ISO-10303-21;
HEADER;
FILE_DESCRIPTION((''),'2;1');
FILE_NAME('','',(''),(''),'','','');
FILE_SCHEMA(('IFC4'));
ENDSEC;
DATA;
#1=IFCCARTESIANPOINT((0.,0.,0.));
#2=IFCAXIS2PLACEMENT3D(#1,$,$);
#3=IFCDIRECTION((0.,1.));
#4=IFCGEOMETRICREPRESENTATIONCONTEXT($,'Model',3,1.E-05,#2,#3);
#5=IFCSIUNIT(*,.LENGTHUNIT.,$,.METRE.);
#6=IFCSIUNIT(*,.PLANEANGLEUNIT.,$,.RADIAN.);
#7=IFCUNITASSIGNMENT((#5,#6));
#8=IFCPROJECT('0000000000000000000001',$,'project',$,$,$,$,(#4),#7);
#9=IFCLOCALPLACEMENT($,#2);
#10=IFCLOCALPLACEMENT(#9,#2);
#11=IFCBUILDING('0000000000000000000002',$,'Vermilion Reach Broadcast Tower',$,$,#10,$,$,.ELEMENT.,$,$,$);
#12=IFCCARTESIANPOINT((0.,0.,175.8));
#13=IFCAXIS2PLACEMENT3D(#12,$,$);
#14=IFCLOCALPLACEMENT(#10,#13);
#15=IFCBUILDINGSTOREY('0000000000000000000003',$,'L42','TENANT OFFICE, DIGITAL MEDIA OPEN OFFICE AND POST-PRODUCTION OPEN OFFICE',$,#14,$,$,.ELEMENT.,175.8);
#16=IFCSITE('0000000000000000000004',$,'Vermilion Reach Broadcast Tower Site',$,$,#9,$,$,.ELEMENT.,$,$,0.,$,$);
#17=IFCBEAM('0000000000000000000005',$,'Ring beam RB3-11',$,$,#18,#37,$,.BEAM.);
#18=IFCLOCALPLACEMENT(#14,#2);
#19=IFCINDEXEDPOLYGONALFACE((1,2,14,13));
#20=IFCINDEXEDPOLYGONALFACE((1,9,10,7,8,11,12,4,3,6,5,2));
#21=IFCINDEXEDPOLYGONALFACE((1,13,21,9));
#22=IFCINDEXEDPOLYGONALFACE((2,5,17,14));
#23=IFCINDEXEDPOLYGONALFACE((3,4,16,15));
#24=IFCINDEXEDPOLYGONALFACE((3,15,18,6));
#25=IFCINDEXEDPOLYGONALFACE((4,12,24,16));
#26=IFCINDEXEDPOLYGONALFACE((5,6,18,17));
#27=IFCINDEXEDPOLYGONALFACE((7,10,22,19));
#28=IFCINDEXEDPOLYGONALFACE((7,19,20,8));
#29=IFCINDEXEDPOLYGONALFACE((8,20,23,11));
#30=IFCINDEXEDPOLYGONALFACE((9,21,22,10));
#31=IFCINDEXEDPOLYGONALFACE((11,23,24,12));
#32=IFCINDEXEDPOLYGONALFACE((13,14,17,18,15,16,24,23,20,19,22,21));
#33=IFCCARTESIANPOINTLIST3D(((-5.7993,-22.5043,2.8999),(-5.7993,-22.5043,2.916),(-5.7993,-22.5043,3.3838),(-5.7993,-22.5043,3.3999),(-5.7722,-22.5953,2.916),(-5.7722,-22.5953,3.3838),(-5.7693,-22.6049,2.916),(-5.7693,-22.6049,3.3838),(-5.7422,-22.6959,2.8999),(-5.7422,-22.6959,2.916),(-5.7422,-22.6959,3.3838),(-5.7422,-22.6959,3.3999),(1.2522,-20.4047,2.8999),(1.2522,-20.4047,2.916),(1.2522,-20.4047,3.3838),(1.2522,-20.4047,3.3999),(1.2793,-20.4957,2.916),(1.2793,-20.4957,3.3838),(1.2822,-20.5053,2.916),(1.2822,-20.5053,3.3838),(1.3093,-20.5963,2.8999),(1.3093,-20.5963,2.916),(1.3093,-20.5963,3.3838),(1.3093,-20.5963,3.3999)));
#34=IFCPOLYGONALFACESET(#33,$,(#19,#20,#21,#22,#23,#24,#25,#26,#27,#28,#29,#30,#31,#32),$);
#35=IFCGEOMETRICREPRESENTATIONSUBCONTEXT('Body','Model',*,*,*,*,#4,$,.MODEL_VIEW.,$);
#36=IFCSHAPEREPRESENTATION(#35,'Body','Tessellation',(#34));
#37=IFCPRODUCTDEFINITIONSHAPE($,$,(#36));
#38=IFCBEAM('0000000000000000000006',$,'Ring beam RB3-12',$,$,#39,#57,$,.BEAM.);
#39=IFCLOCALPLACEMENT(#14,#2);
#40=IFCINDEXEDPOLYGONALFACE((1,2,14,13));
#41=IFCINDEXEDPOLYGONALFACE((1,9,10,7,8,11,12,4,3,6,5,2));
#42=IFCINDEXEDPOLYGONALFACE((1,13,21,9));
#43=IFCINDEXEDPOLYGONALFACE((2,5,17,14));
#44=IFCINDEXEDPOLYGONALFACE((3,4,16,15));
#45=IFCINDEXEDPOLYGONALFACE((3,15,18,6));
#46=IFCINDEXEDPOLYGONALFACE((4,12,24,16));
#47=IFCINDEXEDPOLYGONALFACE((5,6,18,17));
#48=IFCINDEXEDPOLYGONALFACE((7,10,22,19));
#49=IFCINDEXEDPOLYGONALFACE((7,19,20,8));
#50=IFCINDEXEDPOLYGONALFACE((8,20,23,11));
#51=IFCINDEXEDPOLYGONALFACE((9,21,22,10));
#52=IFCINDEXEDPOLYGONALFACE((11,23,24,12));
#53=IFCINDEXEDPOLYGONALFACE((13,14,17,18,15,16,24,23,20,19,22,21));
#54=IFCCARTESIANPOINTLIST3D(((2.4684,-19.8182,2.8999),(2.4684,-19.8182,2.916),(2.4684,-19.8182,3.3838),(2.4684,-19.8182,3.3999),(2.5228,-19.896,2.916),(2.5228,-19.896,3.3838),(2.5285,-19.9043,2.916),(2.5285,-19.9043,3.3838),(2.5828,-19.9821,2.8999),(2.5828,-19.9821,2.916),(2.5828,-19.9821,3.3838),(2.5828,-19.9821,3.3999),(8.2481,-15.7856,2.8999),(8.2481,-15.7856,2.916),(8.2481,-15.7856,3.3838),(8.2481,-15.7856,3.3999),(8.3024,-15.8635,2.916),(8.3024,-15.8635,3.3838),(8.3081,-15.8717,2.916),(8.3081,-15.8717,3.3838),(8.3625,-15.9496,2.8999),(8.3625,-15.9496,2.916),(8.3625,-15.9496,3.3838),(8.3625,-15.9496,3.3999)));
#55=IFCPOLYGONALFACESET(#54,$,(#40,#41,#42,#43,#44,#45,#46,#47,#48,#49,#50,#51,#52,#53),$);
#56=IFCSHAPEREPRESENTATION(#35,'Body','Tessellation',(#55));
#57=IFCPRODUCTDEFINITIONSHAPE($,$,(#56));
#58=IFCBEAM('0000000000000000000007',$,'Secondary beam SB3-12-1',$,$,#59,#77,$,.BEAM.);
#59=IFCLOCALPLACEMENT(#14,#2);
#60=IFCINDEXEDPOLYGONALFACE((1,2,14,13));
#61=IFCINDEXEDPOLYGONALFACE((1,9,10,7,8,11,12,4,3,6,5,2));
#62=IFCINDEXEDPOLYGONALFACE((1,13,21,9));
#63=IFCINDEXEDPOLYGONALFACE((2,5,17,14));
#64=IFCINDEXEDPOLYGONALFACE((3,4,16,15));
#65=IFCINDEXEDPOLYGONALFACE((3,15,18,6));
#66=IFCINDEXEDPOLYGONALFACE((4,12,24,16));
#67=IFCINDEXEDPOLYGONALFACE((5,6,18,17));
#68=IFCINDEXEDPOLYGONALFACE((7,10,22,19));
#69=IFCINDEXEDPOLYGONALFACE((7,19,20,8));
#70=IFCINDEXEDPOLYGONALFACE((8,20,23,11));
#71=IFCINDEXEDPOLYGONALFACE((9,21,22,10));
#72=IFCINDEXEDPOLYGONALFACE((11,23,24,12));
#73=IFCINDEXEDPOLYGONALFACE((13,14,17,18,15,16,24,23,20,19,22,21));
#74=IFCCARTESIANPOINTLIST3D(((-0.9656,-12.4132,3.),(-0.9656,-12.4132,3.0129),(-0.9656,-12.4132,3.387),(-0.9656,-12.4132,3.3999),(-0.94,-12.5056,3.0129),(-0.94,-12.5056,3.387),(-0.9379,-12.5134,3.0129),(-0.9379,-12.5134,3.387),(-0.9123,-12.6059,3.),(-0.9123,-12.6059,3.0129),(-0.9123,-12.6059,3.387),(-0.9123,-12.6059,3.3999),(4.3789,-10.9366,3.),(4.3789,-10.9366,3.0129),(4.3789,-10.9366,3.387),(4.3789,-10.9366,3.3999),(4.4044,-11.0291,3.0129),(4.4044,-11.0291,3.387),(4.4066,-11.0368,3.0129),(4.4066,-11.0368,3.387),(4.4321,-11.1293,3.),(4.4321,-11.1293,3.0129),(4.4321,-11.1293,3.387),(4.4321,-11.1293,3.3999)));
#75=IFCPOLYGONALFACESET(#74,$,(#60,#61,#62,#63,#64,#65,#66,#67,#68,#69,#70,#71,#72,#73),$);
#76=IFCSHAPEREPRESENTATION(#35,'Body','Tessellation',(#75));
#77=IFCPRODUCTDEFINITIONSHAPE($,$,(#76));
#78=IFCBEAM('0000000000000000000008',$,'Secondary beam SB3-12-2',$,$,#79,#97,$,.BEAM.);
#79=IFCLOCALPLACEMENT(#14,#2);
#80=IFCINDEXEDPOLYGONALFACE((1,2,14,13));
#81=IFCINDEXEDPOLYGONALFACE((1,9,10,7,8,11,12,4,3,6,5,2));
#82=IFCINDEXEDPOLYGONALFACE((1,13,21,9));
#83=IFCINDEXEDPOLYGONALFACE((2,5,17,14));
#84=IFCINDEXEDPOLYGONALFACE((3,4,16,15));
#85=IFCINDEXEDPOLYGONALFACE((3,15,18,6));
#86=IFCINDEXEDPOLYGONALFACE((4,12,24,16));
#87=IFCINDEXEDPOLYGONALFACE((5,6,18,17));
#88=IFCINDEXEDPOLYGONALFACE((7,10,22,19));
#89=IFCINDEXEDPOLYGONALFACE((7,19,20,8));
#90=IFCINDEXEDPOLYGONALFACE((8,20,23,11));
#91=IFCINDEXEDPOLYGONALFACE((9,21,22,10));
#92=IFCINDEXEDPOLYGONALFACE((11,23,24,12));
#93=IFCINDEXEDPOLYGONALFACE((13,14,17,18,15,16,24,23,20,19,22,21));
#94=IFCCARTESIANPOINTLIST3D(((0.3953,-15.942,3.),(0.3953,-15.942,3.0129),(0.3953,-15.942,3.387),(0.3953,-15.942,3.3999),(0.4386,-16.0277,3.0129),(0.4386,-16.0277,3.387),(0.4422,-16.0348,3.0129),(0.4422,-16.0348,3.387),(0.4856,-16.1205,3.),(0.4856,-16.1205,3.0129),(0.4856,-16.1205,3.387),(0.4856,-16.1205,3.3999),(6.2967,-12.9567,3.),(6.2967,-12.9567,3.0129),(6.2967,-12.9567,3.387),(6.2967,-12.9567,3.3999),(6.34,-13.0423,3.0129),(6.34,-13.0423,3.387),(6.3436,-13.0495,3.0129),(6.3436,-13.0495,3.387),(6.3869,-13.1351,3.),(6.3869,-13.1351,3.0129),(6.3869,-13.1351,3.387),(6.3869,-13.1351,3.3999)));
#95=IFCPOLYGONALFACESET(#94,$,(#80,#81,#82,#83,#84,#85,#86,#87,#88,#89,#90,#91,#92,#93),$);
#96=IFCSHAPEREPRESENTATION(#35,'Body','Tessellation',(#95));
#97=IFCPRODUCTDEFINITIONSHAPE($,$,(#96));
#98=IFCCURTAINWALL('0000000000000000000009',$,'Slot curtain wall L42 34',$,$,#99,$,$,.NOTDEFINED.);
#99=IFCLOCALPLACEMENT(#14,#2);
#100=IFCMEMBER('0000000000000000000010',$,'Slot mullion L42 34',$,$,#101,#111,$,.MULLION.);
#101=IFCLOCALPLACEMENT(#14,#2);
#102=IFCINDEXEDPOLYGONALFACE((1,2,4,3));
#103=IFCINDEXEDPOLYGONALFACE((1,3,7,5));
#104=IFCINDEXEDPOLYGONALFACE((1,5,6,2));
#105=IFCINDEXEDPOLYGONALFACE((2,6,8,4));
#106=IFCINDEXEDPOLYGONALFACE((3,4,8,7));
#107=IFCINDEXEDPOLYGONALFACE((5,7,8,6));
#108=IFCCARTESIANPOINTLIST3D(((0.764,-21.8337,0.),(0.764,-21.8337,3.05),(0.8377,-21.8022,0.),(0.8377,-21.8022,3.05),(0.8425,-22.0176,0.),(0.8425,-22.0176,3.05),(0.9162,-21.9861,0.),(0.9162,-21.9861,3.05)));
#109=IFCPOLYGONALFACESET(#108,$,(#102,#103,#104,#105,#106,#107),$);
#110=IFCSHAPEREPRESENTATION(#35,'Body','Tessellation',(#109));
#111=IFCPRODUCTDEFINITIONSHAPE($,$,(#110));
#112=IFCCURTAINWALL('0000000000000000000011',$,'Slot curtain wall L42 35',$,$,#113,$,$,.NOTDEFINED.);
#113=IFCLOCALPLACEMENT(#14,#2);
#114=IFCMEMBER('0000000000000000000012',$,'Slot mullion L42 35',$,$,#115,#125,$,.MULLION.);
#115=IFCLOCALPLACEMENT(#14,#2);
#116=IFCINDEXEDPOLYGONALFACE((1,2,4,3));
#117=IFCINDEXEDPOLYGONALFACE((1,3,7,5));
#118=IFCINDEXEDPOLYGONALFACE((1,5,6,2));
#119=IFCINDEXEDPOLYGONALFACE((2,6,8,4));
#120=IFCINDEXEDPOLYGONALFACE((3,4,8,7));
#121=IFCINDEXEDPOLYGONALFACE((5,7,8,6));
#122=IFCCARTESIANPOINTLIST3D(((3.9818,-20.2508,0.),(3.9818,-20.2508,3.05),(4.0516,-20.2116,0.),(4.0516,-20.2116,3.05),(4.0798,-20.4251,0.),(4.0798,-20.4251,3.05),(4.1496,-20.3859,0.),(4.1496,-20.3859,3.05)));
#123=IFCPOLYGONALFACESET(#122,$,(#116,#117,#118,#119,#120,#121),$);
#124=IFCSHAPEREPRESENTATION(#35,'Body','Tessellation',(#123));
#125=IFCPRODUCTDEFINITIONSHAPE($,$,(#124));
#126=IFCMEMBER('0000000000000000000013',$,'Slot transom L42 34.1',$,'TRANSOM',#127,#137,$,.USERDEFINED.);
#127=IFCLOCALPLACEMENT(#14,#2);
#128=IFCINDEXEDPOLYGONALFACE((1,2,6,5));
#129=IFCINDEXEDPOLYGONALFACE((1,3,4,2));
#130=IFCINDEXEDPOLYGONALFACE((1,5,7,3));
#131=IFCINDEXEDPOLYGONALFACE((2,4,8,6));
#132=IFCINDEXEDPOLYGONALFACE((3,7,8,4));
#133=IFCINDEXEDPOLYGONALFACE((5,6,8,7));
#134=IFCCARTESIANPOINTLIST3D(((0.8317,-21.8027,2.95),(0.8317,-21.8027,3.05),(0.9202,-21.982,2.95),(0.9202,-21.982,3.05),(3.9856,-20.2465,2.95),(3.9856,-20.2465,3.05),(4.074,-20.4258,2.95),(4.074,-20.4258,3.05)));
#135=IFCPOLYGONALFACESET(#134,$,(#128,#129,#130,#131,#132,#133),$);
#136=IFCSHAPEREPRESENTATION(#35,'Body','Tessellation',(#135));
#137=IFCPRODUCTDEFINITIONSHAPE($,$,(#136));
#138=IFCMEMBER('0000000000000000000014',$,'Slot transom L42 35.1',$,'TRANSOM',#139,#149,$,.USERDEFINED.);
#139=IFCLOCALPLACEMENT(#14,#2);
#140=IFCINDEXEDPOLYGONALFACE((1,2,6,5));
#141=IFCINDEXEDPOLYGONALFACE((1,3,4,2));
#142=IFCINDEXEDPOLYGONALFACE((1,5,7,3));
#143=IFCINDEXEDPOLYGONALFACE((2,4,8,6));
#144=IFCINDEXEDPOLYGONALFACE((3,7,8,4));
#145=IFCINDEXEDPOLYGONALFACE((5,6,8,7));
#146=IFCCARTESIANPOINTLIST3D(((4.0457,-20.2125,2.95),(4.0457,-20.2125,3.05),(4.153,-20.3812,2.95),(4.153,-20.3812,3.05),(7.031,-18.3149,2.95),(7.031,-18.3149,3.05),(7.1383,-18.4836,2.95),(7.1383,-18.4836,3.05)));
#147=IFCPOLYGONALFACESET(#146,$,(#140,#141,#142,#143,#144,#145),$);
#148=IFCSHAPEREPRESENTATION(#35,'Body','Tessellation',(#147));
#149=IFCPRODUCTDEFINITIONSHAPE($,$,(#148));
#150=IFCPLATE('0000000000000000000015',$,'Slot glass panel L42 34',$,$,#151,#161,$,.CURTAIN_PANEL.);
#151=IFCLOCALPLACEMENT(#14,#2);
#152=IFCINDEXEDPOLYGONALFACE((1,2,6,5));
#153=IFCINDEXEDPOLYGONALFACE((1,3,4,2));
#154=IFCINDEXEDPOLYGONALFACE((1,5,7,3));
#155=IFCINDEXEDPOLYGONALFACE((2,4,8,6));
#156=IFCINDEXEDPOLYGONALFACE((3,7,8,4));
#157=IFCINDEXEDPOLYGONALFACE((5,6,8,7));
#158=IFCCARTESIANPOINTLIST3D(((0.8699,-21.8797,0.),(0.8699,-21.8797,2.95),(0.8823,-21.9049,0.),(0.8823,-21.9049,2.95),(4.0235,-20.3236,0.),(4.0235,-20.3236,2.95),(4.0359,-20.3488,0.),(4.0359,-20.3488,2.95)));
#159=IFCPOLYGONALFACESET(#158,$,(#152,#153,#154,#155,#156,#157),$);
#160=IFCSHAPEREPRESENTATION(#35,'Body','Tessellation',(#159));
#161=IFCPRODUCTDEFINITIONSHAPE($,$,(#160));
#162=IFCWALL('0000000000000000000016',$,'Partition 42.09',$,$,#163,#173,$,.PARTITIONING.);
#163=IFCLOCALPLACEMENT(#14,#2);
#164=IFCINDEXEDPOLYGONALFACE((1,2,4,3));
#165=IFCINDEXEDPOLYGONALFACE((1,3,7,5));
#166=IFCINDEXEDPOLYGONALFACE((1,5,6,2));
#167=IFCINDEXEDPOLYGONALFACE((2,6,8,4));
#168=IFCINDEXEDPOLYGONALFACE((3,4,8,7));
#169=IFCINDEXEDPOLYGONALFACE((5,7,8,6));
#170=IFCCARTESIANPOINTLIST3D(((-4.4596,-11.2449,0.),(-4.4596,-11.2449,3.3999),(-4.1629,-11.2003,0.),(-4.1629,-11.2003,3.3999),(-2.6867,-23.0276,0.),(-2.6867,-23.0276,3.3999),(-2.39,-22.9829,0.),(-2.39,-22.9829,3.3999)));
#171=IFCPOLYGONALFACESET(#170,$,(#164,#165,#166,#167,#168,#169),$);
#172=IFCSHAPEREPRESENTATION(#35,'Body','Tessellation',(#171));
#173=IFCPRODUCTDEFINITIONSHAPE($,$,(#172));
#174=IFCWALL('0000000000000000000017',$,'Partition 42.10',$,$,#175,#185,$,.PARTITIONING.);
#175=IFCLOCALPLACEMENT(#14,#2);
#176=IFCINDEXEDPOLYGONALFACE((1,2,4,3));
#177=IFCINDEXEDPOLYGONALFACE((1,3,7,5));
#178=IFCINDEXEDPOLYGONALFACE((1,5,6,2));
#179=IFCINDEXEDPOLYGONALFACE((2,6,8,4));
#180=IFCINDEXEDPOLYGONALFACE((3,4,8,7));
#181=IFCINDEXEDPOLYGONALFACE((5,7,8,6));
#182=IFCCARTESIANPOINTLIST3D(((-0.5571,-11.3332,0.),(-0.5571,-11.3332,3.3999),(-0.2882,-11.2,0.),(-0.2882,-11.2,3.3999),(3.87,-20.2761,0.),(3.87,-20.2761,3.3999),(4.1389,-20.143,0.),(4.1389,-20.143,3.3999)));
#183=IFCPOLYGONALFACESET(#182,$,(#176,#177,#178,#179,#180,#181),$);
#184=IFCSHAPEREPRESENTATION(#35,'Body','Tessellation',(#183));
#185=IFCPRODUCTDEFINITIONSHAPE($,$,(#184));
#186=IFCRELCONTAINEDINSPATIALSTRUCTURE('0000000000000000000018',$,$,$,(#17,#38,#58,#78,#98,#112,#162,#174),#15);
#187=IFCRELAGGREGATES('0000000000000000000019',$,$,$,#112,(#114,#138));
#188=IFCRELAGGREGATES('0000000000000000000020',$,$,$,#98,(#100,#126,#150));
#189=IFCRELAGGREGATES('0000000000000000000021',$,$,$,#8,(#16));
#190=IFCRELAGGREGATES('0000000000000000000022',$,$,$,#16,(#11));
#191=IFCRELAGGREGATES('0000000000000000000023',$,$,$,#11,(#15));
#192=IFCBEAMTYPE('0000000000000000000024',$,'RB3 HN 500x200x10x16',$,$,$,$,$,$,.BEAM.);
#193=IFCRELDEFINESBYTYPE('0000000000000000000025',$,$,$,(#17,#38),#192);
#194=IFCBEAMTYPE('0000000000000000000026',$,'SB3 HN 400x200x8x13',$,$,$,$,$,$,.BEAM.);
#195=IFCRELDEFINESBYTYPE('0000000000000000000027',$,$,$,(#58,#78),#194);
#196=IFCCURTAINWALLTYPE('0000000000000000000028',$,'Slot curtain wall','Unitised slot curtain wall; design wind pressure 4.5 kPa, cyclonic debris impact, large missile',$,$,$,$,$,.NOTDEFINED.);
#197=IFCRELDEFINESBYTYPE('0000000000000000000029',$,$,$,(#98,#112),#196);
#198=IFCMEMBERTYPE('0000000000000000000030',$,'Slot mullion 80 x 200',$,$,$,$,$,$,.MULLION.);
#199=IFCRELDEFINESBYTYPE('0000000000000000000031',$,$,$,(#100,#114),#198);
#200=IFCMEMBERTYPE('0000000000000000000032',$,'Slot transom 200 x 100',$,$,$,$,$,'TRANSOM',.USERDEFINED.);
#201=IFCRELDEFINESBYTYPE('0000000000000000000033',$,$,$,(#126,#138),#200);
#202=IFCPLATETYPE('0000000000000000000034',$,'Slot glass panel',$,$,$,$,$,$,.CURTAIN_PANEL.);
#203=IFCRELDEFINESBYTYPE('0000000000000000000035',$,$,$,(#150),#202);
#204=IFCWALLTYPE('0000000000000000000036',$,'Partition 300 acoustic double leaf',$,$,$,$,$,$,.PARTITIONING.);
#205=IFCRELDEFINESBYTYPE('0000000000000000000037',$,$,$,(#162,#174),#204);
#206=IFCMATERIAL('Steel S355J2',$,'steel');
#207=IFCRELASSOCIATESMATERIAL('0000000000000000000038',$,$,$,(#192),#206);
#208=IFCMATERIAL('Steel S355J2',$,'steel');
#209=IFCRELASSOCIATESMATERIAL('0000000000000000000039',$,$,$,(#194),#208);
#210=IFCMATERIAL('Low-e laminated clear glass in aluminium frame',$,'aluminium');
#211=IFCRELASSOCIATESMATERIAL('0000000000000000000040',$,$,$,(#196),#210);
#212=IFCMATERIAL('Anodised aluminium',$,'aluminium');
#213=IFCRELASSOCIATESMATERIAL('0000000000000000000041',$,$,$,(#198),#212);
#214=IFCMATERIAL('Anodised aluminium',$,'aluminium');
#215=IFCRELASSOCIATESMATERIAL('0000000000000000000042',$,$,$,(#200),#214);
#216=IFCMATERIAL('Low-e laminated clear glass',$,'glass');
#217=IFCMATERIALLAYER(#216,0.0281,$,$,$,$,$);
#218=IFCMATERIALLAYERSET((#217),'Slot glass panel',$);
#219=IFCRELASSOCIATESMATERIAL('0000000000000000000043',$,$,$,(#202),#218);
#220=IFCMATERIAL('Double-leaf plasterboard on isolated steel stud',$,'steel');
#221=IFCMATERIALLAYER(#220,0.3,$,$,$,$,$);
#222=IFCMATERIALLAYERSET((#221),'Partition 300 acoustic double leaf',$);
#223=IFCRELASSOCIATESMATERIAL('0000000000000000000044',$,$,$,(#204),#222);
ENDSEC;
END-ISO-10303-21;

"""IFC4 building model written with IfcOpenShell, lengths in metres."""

from ifc_helpers import new_model, si_unit, direction, frame, frame_2d, origin, origin_2d, place, context, subcontext, project, spatial, rectangle, i_section, extrude, material, layer, layer_set, material_profile, profile_set, type_object, element, aggregate, save


model = new_model("IFC4")

# Units and contexts
model_context = context("Model", 3, precision=1e-05, world=origin(), true_north=direction((0.0, 1.0)))
body_context = subcontext(model_context, "Body", "Model", "MODEL_VIEW")
ifc_project = project(units=[si_unit("LENGTHUNIT", "METRE"), si_unit("PLANEANGLEUNIT", "RADIAN")], contexts=[model_context])

# Site, building, storey
site_placement = place(None, origin())
site = spatial("IfcSite", under=ifc_project, at=site_placement, Name="Vermilion Reach Broadcast Tower Site", CompositionType="ELEMENT", RefElevation=0.0)
building_placement = place(site_placement, origin())
building = spatial("IfcBuilding", under=site, at=building_placement, Name="Vermilion Reach Broadcast Tower", CompositionType="ELEMENT")
storey_placement = place(building_placement, frame((0.0, 0.0, 175.8)))
storey = spatial("IfcBuildingStorey", under=building, at=storey_placement, Name="L42", Description="TENANT OFFICE, DIGITAL MEDIA OPEN OFFICE AND POST-PRODUCTION OPEN OFFICE", CompositionType="ELEMENT", Elevation=175.8)

# Beams
ifc_material_1 = material(Name="Steel S355J2", Category="steel")
ifc_material_profile_1 = material_profile(ifc_material_1, i_section(OverallWidth=0.2, OverallDepth=0.5, WebThickness=0.01, FlangeThickness=0.0161, at=origin_2d()), Name="S355J2 HN 500x200x10x16")
ifc_profile_set_1 = profile_set([ifc_material_profile_1], Name="Steel S355J2")
beam_type_1 = type_object("IfcBeamType", Name="RB3 HN 500x200x10x16", PredefinedType="BEAM", material=ifc_profile_set_1)
beam_1_placement = place(storey_placement, frame((-5.7708, -22.6001, 3.1499), z_axis=(0.958417, 0.285372, 0.0), x_axis=(-0.285372, 0.958417, 0.0)))
element("IfcBeam", 1, at=beam_1_placement, inside=storey, type_object=beam_type_1, Name="Ring beam RB3-11", PredefinedType="BEAM", context=body_context, shape_type="SweptSolid", body=[
    extrude(i_section(OverallWidth=0.2, OverallDepth=0.5, WebThickness=0.01, FlangeThickness=0.0161, at=origin_2d()), origin(), (0.0, 0.0, 1.0), 7.3574),
])
beam_2_placement = place(storey_placement, frame((2.5256, -19.9001, 3.1499), z_axis=(0.820111, 0.572204, 0.0), x_axis=(-0.572204, 0.820111, 0.0)))
element("IfcBeam", 2, at=beam_2_placement, inside=storey, type_object=beam_type_1, Name="Ring beam RB3-12", PredefinedType="BEAM", context=body_context, shape_type="SweptSolid", body=[
    extrude(i_section(OverallWidth=0.2, OverallDepth=0.5, WebThickness=0.01, FlangeThickness=0.0161, at=origin_2d()), origin(), (0.0, 0.0, 1.0), 7.0474),
])
ifc_material_2 = material(Name="Steel S355J2", Category="steel")
ifc_material_profile_2 = material_profile(ifc_material_2, i_section(OverallWidth=0.2, OverallDepth=0.3999, WebThickness=0.0081, FlangeThickness=0.0129, at=origin_2d()), Name="S355J2 HN 400x200x8x13")
ifc_profile_set_2 = profile_set([ifc_material_profile_2], Name="Steel S355J2")
beam_type_2 = type_object("IfcBeamType", Name="SB3 HN 400x200x8x13", PredefinedType="BEAM", material=ifc_profile_set_2)
beam_3_placement = place(storey_placement, frame((-0.939, -12.5095, 3.2), z_axis=(0.96389, 0.266301, 0.0), x_axis=(-0.266301, 0.96389, 0.0)))
element("IfcBeam", 3, at=beam_3_placement, inside=storey, type_object=beam_type_2, Name="Secondary beam SB3-12-1", PredefinedType="BEAM", context=body_context, shape_type="SweptSolid", body=[
    extrude(i_section(OverallWidth=0.2, OverallDepth=0.3999, WebThickness=0.0081, FlangeThickness=0.0129, at=origin_2d()), origin(), (0.0, 0.0, 1.0), 5.5447),
])
beam_4_placement = place(storey_placement, frame((0.4404, -16.0312, 3.2), z_axis=(0.892321, 0.451402, 0.0), x_axis=(-0.451402, 0.892321, 0.0)))
element("IfcBeam", 4, at=beam_4_placement, inside=storey, type_object=beam_type_2, Name="Secondary beam SB3-12-2", PredefinedType="BEAM", context=body_context, shape_type="SweptSolid", body=[
    extrude(i_section(OverallWidth=0.2, OverallDepth=0.3999, WebThickness=0.0081, FlangeThickness=0.0129, at=origin_2d()), origin(), (0.0, 0.0, 1.0), 6.6135),
])

# Curtain walls, members
ifc_material_3 = material(Name="Low-e laminated clear glass in aluminium frame", Category="aluminium")
curtain_wall_type = type_object("IfcCurtainWallType", Name="Slot curtain wall", Description="Unitised slot curtain wall; design wind pressure 4.5 kPa, cyclonic debris impact, large missile", PredefinedType="NOTDEFINED", material=ifc_material_3)
placement = place(storey_placement, origin())
curtain_wall_1 = element("IfcCurtainWall", 5, at=placement, inside=storey, type_object=curtain_wall_type, Name="Slot curtain wall L42 34", PredefinedType="NOTDEFINED")
ifc_material_4 = material(Name="Anodised aluminium", Category="aluminium")
ifc_material_profile_3 = material_profile(ifc_material_4, rectangle(XDim=0.2, YDim=0.0801, at=origin_2d()), Name="Slot mullion 80 x 200")
ifc_profile_set_3 = profile_set([ifc_material_profile_3], Name="Anodised aluminium")
member_type_1 = type_object("IfcMemberType", Name="Slot mullion 80 x 200", PredefinedType="MULLION", material=ifc_profile_set_3)
member_1_placement = place(storey_placement, frame((0.8401, -21.9099, 0.0), z_axis=(0.0, 0.0, 1.0), x_axis=(-0.392642, 0.919691, 0.0)))
member_1 = element("IfcMember", 6, at=member_1_placement, type_object=member_type_1, Name="Slot mullion L42 34", PredefinedType="MULLION", context=body_context, shape_type="SweptSolid", body=[
    extrude(rectangle(XDim=0.2, YDim=0.0801, at=origin_2d()), origin(), (0.0, 0.0, 1.0), 3.05),
])
curtain_wall_2 = element("IfcCurtainWall", 7, at=placement, inside=storey, type_object=curtain_wall_type, Name="Slot curtain wall L42 35", PredefinedType="NOTDEFINED")
member_2_placement = place(storey_placement, frame((4.0657, -20.3184, 0.0), z_axis=(0.0, 0.0, 1.0), x_axis=(-0.490205, 0.871607, 0.0)))
member_2 = element("IfcMember", 8, at=member_2_placement, type_object=member_type_1, Name="Slot mullion L42 35", PredefinedType="MULLION", context=body_context, shape_type="SweptSolid", body=[
    extrude(rectangle(XDim=0.2, YDim=0.0801, at=origin_2d()), origin(), (0.0, 0.0, 1.0), 3.05),
])

# Members
ifc_material_5 = material(Name="Anodised aluminium", Category="aluminium")
ifc_material_profile_4 = material_profile(ifc_material_5, rectangle(XDim=0.2, YDim=0.1001, at=origin_2d()), Name="Slot transom 200 x 100")
ifc_profile_set_4 = profile_set([ifc_material_profile_4], Name="Anodised aluminium")
member_type_2 = type_object("IfcMemberType", Name="Slot transom 200 x 100", ElementType="TRANSOM", PredefinedType="USERDEFINED", material=ifc_profile_set_4)
member_3_placement = place(storey_placement, frame((0.876, -21.8923, 3.0), z_axis=(0.896775, 0.442487, 0.0), x_axis=(-0.442487, 0.896775, 0.0)))
member_3 = element("IfcMember", 9, at=member_3_placement, type_object=member_type_2, Name="Slot transom L42 34.1", ObjectType="TRANSOM", PredefinedType="USERDEFINED", context=body_context, shape_type="SweptSolid", body=[
    extrude(rectangle(XDim=0.2, YDim=0.1001, at=origin_2d()), origin(), (0.0, 0.0, 1.0), 3.5168),
])
member_4_placement = place(storey_placement, frame((4.0994, -20.2969, 3.0), z_axis=(0.843926, 0.53646, 0.0), x_axis=(-0.53646, 0.843926, 0.0)))
member_4 = element("IfcMember", 10, at=member_4_placement, type_object=member_type_2, Name="Slot transom L42 35.1", ObjectType="TRANSOM", PredefinedType="USERDEFINED", context=body_context, shape_type="SweptSolid", body=[
    extrude(rectangle(XDim=0.2, YDim=0.1001, at=origin_2d()), origin(), (0.0, 0.0, 1.0), 3.5374),
])
aggregate(curtain_wall_2, [member_2, member_4])

# Plate
ifc_material_6 = material(Name="Low-e laminated clear glass", Category="glass")
ifc_layer_1 = layer(ifc_material_6, 0.0281)
ifc_layer_set_1 = layer_set([ifc_layer_1], Name="Slot glass panel")
plate_type = type_object("IfcPlateType", Name="Slot glass panel", PredefinedType="CURTAIN_PANEL", material=ifc_layer_set_1)
plate_placement = place(storey_placement, frame((2.4529, -21.1143, 0.0), z_axis=(0.0, 0.0, 1.0), x_axis=(0.896777, 0.442483, 0.0)))
plate = element("IfcPlate", 11, at=plate_placement, type_object=plate_type, Name="Slot glass panel L42 34", PredefinedType="CURTAIN_PANEL", context=body_context, shape_type="SweptSolid", body=[
    extrude(rectangle(XDim=3.5166, YDim=0.0281, at=origin_2d()), origin(), (0.0, 0.0, 1.0), 2.95),
])
aggregate(curtain_wall_1, [member_1, member_3, plate])

# Walls
ifc_material_7 = material(Name="Double-leaf plasterboard on isolated steel stud", Category="steel")
ifc_layer_2 = layer(ifc_material_7, 0.3)
ifc_layer_set_2 = layer_set([ifc_layer_2], Name="Partition 300 acoustic double leaf")
wall_type_1 = type_object("IfcWallType", Name="Partition 300 acoustic double leaf", PredefinedType="PARTITIONING", material=ifc_layer_set_2)
wall_1_placement = place(storey_placement, frame((-2.5383, -23.0051, 0.0), z_axis=(0.0, 0.0, 1.0), x_axis=(-0.148795, 0.988868, 0.0)))
element("IfcWall", 12, at=wall_1_placement, inside=storey, type_object=wall_type_1, Name="Partition 42.09", PredefinedType="PARTITIONING", context=body_context, shape_type="SweptSolid", body=[
    extrude(rectangle(XDim=11.9153, YDim=0.3, at=frame_2d((5.9575, 0.0))), origin(), (0.0, 0.0, 1.0), 3.3999),
])
wall_2_placement = place(storey_placement, frame((4.0044, -20.2095, 0.0), z_axis=(0.0, 0.0, 1.0), x_axis=(-0.443648, 0.896201, 0.0)))
element("IfcWall", 13, at=wall_2_placement, inside=storey, type_object=wall_type_1, Name="Partition 42.10", PredefinedType="PARTITIONING", context=body_context, shape_type="SweptSolid", body=[
    extrude(rectangle(XDim=9.9788, YDim=0.3, at=frame_2d((4.9893, 0.0))), origin(), (0.0, 0.0, 1.0), 3.3999),
])

save(model, "model.ifc")
